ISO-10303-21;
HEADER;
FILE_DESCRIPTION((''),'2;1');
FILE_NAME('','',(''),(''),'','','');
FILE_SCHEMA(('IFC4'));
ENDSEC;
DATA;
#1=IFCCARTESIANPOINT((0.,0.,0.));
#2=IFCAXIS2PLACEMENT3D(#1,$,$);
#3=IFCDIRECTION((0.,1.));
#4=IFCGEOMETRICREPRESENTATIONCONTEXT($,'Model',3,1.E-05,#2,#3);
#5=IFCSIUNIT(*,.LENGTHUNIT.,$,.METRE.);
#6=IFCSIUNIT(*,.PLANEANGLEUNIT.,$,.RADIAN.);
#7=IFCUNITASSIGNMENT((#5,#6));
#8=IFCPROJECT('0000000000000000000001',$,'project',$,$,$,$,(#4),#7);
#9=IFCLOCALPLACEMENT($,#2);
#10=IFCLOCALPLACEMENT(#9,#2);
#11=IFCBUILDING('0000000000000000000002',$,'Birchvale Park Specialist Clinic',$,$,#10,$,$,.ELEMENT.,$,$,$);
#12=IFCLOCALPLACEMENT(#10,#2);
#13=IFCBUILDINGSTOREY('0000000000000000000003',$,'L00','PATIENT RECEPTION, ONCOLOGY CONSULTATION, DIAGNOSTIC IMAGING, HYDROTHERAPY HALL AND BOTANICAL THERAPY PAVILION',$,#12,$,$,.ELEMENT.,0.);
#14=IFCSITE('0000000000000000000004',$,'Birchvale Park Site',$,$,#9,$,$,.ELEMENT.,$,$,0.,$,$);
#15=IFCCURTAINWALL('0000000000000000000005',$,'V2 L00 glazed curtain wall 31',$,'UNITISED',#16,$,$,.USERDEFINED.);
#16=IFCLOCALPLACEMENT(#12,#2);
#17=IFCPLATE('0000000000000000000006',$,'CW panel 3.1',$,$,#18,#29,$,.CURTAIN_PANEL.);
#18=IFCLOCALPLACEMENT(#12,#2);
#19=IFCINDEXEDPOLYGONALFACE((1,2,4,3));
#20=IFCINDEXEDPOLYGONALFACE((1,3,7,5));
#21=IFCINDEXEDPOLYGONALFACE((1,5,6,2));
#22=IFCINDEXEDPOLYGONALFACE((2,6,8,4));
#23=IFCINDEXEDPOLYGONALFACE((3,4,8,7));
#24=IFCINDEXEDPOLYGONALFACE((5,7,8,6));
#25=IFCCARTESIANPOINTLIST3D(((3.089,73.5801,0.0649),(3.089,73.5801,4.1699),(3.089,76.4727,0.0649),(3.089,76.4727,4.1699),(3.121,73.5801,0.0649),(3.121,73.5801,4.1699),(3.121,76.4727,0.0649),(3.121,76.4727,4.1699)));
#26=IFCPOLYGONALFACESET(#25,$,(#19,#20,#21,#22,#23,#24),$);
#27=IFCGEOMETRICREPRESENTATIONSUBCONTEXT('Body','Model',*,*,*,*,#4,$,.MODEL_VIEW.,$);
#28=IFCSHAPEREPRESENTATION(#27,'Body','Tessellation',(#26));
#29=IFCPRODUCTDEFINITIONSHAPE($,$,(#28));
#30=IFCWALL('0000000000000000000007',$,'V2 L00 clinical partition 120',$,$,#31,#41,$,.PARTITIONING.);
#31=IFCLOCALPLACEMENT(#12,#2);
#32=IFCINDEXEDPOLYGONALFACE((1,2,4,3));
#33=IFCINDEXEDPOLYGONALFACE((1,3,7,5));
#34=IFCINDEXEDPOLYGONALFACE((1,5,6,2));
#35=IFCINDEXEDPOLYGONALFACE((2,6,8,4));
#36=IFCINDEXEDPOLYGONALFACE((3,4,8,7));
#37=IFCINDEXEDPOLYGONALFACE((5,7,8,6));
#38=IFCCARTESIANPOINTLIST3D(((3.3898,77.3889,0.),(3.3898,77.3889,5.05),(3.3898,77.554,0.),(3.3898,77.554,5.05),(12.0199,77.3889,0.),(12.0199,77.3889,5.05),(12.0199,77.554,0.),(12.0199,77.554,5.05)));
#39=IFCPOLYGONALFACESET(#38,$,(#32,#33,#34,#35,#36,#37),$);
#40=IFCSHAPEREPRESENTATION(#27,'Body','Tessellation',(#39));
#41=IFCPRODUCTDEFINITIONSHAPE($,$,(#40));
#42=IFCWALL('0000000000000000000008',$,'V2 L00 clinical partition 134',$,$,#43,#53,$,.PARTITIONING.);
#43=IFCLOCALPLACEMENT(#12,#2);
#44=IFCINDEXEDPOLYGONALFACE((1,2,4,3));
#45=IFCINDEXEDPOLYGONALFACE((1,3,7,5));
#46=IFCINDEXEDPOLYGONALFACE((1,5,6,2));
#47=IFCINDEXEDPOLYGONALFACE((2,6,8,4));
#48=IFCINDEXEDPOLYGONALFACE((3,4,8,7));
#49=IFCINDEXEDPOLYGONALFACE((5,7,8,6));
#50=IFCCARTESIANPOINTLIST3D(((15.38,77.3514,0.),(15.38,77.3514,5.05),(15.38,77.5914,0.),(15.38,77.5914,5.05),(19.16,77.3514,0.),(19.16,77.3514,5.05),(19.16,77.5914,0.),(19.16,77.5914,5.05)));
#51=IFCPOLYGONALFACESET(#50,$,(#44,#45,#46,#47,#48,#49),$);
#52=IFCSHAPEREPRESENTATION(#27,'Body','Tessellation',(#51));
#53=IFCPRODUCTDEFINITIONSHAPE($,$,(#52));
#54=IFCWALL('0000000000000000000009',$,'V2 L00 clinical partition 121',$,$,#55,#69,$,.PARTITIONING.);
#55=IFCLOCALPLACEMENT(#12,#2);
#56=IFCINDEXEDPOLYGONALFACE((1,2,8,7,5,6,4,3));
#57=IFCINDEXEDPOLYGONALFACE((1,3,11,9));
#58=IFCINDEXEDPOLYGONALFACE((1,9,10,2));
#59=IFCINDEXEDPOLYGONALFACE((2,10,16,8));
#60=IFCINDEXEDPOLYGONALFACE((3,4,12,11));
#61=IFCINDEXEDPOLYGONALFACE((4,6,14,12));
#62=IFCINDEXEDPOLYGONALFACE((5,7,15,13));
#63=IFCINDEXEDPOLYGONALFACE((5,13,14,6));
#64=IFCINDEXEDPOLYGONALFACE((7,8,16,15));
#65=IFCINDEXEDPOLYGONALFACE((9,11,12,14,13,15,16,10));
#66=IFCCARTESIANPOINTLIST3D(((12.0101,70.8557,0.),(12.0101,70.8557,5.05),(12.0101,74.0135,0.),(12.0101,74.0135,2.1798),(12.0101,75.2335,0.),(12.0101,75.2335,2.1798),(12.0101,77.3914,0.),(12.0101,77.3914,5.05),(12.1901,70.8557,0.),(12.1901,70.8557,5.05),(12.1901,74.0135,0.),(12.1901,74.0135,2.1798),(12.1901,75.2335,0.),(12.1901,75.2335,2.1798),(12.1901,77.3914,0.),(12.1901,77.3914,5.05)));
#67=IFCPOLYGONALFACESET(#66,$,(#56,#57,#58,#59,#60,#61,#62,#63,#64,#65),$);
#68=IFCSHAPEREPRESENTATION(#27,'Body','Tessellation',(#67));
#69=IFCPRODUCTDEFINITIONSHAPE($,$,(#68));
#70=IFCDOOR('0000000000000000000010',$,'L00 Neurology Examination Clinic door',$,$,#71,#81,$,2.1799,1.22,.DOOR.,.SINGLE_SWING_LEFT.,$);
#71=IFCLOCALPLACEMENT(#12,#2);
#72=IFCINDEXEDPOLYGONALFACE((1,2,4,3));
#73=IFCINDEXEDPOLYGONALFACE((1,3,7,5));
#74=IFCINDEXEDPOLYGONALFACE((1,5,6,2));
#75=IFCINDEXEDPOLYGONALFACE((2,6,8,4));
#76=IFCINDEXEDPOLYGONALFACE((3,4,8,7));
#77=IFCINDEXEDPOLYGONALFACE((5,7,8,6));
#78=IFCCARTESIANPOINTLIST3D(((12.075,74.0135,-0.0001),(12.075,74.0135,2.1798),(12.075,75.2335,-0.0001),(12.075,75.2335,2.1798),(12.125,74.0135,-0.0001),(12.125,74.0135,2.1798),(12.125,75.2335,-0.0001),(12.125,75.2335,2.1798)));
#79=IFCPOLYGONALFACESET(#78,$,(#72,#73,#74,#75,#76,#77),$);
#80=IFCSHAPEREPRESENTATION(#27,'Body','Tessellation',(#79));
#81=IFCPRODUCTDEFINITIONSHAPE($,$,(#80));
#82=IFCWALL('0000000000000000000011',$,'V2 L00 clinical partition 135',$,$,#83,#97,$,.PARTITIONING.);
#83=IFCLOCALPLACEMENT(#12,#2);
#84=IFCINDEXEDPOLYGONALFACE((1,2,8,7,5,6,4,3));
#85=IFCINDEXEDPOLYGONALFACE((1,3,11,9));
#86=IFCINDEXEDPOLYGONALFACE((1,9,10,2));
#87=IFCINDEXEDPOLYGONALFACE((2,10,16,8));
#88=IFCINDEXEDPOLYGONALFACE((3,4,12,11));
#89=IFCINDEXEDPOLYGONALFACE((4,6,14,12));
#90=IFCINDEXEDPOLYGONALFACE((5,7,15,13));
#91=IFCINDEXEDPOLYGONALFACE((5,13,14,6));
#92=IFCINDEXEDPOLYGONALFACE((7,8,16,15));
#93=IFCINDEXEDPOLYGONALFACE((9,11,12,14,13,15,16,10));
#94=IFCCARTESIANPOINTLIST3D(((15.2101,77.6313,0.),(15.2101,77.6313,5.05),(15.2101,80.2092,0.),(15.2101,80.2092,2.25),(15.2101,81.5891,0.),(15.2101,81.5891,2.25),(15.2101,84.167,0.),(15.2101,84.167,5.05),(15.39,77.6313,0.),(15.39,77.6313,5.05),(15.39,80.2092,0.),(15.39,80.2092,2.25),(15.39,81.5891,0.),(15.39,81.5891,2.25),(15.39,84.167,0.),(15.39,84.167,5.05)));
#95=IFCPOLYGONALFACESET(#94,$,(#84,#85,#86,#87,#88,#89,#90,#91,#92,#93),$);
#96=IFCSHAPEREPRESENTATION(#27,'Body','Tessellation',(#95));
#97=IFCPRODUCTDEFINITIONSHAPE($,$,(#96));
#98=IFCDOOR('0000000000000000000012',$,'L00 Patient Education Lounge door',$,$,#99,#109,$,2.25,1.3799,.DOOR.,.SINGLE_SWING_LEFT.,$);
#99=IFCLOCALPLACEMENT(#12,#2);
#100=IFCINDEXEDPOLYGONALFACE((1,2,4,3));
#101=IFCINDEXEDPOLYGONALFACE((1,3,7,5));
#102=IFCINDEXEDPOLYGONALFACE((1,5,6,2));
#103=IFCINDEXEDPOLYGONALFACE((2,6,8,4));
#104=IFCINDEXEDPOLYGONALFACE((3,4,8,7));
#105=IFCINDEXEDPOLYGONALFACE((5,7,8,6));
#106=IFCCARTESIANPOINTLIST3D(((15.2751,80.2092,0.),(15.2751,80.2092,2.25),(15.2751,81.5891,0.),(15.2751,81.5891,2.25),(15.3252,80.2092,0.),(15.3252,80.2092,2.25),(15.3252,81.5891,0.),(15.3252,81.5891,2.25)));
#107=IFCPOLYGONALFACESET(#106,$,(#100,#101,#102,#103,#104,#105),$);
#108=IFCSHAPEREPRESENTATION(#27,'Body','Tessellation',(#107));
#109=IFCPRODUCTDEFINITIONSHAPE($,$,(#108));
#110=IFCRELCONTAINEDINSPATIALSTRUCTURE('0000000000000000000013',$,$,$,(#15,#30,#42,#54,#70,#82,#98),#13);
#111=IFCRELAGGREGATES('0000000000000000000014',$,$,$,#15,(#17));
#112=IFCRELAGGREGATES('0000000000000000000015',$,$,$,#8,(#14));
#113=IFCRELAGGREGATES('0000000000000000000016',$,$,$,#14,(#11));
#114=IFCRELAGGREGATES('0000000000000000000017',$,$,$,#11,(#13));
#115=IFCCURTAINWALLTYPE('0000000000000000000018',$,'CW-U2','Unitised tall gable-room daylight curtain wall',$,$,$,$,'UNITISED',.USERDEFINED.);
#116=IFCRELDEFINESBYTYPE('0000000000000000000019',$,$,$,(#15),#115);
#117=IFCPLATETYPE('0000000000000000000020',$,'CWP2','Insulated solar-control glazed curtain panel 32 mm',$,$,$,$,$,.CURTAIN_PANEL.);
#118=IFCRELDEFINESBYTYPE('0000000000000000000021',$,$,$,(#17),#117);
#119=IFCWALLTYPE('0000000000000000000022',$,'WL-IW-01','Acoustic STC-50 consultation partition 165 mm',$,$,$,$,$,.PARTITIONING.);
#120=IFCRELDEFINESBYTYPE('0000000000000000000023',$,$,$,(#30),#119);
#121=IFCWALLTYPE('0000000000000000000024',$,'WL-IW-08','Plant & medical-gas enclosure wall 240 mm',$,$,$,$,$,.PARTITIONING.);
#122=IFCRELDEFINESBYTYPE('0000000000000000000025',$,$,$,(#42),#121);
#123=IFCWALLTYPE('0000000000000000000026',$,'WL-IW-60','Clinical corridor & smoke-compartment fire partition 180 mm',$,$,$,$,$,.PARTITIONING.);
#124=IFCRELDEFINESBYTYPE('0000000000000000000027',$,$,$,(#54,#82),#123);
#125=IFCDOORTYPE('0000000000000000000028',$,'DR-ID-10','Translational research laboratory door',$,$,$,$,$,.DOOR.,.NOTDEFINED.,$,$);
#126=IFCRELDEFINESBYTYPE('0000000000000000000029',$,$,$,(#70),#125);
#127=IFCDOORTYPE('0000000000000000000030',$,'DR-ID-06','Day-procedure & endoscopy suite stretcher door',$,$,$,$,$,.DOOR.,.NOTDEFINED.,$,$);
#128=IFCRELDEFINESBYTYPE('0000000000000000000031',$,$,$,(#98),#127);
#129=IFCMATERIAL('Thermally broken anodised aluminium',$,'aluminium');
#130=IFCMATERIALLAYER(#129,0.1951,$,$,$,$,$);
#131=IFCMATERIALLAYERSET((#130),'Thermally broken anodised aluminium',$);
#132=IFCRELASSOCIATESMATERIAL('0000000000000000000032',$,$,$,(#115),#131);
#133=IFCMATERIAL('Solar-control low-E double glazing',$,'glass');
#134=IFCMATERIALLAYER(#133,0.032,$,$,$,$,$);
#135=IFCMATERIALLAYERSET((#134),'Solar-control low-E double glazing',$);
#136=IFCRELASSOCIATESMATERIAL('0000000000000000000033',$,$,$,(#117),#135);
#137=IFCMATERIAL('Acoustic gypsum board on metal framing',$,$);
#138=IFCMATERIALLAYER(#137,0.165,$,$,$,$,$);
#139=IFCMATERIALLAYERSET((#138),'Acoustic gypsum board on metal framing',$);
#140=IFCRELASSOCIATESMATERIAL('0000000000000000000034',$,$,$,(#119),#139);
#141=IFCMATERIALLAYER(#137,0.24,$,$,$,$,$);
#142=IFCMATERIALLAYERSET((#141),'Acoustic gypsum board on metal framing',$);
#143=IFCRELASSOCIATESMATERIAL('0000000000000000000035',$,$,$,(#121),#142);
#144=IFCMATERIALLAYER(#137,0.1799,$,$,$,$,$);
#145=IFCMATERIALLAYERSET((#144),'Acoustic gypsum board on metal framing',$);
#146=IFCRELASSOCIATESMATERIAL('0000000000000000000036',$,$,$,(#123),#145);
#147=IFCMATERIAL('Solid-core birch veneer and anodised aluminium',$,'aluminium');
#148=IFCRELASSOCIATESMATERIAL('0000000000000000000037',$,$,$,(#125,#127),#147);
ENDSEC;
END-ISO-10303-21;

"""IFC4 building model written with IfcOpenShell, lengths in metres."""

from ifc_helpers import new_model, si_unit, direction, frame, frame_2d, origin, origin_2d, place, context, subcontext, project, spatial, rectangle, extrude, material, layer, layer_set, type_object, element, fill, aggregate, save


model = new_model("IFC4")

# Units and contexts
model_context = context("Model", 3, precision=1e-05, world=origin(), true_north=direction((0.0, 1.0)))
body_context = subcontext(model_context, "Body", "Model", "MODEL_VIEW")
ifc_project = project(units=[si_unit("LENGTHUNIT", "METRE"), si_unit("PLANEANGLEUNIT", "RADIAN")], contexts=[model_context])

# Site, building, storey
site_placement = place(None, origin())
site = spatial("IfcSite", under=ifc_project, at=site_placement, Name="Birchvale Park Site", CompositionType="ELEMENT", RefElevation=0.0)
building_placement = place(site_placement, origin())
building = spatial("IfcBuilding", under=site, at=building_placement, Name="Birchvale Park Specialist Clinic", CompositionType="ELEMENT")
storey_placement = place(building_placement, origin())
storey = spatial("IfcBuildingStorey", under=building, at=storey_placement, Name="L00", Description="PATIENT RECEPTION, ONCOLOGY CONSULTATION, DIAGNOSTIC IMAGING, HYDROTHERAPY HALL AND BOTANICAL THERAPY PAVILION", CompositionType="ELEMENT", Elevation=0.0)

# Curtain wall, plate
ifc_material_1 = material(Name="Thermally broken anodised aluminium", Category="aluminium")
ifc_layer_1 = layer(ifc_material_1, 0.1951)
ifc_layer_set_1 = layer_set([ifc_layer_1], Name="Thermally broken anodised aluminium")
curtain_wall_type = type_object("IfcCurtainWallType", Name="CW-U2", Description="Unitised tall gable-room daylight curtain wall", ElementType="UNITISED", PredefinedType="USERDEFINED", material=ifc_layer_set_1)
curtain_wall_placement = place(storey_placement, origin())
curtain_wall = element("IfcCurtainWall", 1, at=curtain_wall_placement, inside=storey, type_object=curtain_wall_type, Name="V2 L00 glazed curtain wall 31", ObjectType="UNITISED", PredefinedType="USERDEFINED")
ifc_material_2 = material(Name="Solar-control low-E double glazing", Category="glass")
ifc_layer_2 = layer(ifc_material_2, 0.032)
ifc_layer_set_2 = layer_set([ifc_layer_2], Name="Solar-control low-E double glazing")
plate_type = type_object("IfcPlateType", Name="CWP2", Description="Insulated solar-control glazed curtain panel 32 mm", PredefinedType="CURTAIN_PANEL", material=ifc_layer_set_2)
plate_1_placement = place(storey_placement, frame((3.105, 75.0264, 0.0649), z_axis=(0.0, 0.0, 1.0), x_axis=(0.0, -1.0, 0.0)))
plate_1 = element("IfcPlate", 2, at=plate_1_placement, type_object=plate_type, Name="CW panel 3.1", PredefinedType="CURTAIN_PANEL", context=body_context, shape_type="SweptSolid", body=[
    extrude(rectangle(XDim=2.8926, YDim=0.032, at=origin_2d()), origin(), (0.0, 0.0, 1.0), 4.105),
])
aggregate(curtain_wall, [plate_1])

# Walls
ifc_material_3 = material(Name="Acoustic gypsum board on metal framing")
ifc_layer_3 = layer(ifc_material_3, 0.165)
ifc_layer_set_3 = layer_set([ifc_layer_3], Name="Acoustic gypsum board on metal framing")
wall_type_1 = type_object("IfcWallType", Name="WL-IW-01", Description="Acoustic STC-50 consultation partition 165 mm", PredefinedType="PARTITIONING", material=ifc_layer_set_3)
wall_1_placement = place(storey_placement, frame((3.3899, 77.4714, 0.0), z_axis=(0.0, 0.0, 1.0), x_axis=(1.0, 0.0, 0.0)))
element("IfcWall", 3, at=wall_1_placement, inside=storey, type_object=wall_type_1, Name="V2 L00 clinical partition 120", PredefinedType="PARTITIONING", context=body_context, shape_type="SweptSolid", body=[
    extrude(rectangle(XDim=8.6301, YDim=0.165, at=frame_2d((4.3149, 0.0))), origin(), (0.0, 0.0, 1.0), 5.05),
])
ifc_layer_4 = layer(ifc_material_3, 0.24)
ifc_layer_set_4 = layer_set([ifc_layer_4], Name="Acoustic gypsum board on metal framing")
wall_type_2 = type_object("IfcWallType", Name="WL-IW-08", Description="Plant & medical-gas enclosure wall 240 mm", PredefinedType="PARTITIONING", material=ifc_layer_set_4)
wall_2_placement = place(storey_placement, frame((15.3799, 77.4714, 0.0), z_axis=(0.0, 0.0, 1.0), x_axis=(1.0, 0.0, 0.0)))
element("IfcWall", 4, at=wall_2_placement, inside=storey, type_object=wall_type_2, Name="V2 L00 clinical partition 134", PredefinedType="PARTITIONING", context=body_context, shape_type="SweptSolid", body=[
    extrude(rectangle(XDim=3.78, YDim=0.24, at=frame_2d((1.8901, 0.0))), origin(), (0.0, 0.0, 1.0), 5.05),
])

# Walls, openings, doors
ifc_layer_5 = layer(ifc_material_3, 0.1799)
ifc_layer_set_5 = layer_set([ifc_layer_5], Name="Acoustic gypsum board on metal framing")
wall_type_3 = type_object("IfcWallType", Name="WL-IW-60", Description="Clinical corridor & smoke-compartment fire partition 180 mm", PredefinedType="PARTITIONING", material=ifc_layer_set_5)
wall_3_placement = place(storey_placement, frame((12.1001, 77.3914, 0.0), z_axis=(0.0, 0.0, 1.0), x_axis=(0.0, -1.0, 0.0)))
wall_3 = element("IfcWall", 5, at=wall_3_placement, inside=storey, type_object=wall_type_3, Name="V2 L00 clinical partition 121", PredefinedType="PARTITIONING", context=body_context, shape_type="SweptSolid", body=[
    extrude(rectangle(XDim=6.5356, YDim=0.1799, at=frame_2d((3.2678, 0.0))), origin(), (0.0, 0.0, 1.0), 5.05),
])
opening_1_placement = place(wall_3_placement, frame((2.158, 0.0, 0.0)))
opening_1 = element("IfcOpeningElement", 6, at=opening_1_placement, cuts=wall_3, PredefinedType="OPENING", context=body_context, shape_type="SweptSolid", body=[
    extrude(rectangle(XDim=1.22, YDim=2.1799, at=frame_2d((0.6099, 1.0898))), frame((0.0, 0.1001, 0.0), z_axis=(0.0, -1.0, 0.0), x_axis=(1.0, 0.0, 0.0)), (0.0, 0.0, 1.0), 0.2),
])
ifc_material_4 = material(Name="Solid-core birch veneer and anodised aluminium", Category="aluminium")
door_type_1 = type_object("IfcDoorType", Name="DR-ID-10", Description="Translational research laboratory door", OperationType="NOTDEFINED", PredefinedType="DOOR", material=ifc_material_4)
door_1_placement = place(opening_1_placement, origin())
door_1 = element("IfcDoor", 7, at=door_1_placement, inside=storey, type_object=door_type_1, Name="L00 Neurology Examination Clinic door", OperationType="SINGLE_SWING_LEFT", OverallHeight=2.1799, OverallWidth=1.22, PredefinedType="DOOR", context=body_context, shape_type="SweptSolid", body=[
    extrude(rectangle(XDim=1.22, YDim=2.1799, at=frame_2d((0.6099, 1.0898))), frame((0.0, 0.0249, 0.0), z_axis=(0.0, -1.0, 0.0), x_axis=(1.0, 0.0, 0.0)), (0.0, 0.0, 1.0), 0.05),
])
fill(opening_1, door_1)
wall_4_placement = place(storey_placement, frame((15.3, 77.6313, 0.0), z_axis=(0.0, 0.0, 1.0), x_axis=(0.0, 1.0, 0.0)))
wall_4 = element("IfcWall", 8, at=wall_4_placement, inside=storey, type_object=wall_type_3, Name="V2 L00 clinical partition 135", PredefinedType="PARTITIONING", context=body_context, shape_type="SweptSolid", body=[
    extrude(rectangle(XDim=6.5356, YDim=0.1799, at=frame_2d((3.2678, 0.0))), origin(), (0.0, 0.0, 1.0), 5.05),
])
opening_2_placement = place(wall_4_placement, frame((2.5779, 0.0, 0.0)))
opening_2 = element("IfcOpeningElement", 9, at=opening_2_placement, cuts=wall_4, PredefinedType="OPENING", context=body_context, shape_type="SweptSolid", body=[
    extrude(rectangle(XDim=1.3799, YDim=2.25, at=frame_2d((0.6899, 1.125))), frame((0.0, 0.1001, 0.0), z_axis=(0.0, -1.0, 0.0), x_axis=(1.0, 0.0, 0.0)), (0.0, 0.0, 1.0), 0.2),
])
door_type_2 = type_object("IfcDoorType", Name="DR-ID-06", Description="Day-procedure & endoscopy suite stretcher door", OperationType="NOTDEFINED", PredefinedType="DOOR", material=ifc_material_4)
door_2_placement = place(opening_2_placement, origin())
door_2 = element("IfcDoor", 10, at=door_2_placement, inside=storey, type_object=door_type_2, Name="L00 Patient Education Lounge door", OperationType="SINGLE_SWING_LEFT", OverallHeight=2.25, OverallWidth=1.3799, PredefinedType="DOOR", context=body_context, shape_type="SweptSolid", body=[
    extrude(rectangle(XDim=1.3799, YDim=2.25, at=frame_2d((0.6899, 1.125))), frame((0.0, 0.0249, 0.0), z_axis=(0.0, -1.0, 0.0), x_axis=(1.0, 0.0, 0.0)), (0.0, 0.0, 1.0), 0.05),
])
fill(opening_2, door_2)

save(model, "model.ifc")
